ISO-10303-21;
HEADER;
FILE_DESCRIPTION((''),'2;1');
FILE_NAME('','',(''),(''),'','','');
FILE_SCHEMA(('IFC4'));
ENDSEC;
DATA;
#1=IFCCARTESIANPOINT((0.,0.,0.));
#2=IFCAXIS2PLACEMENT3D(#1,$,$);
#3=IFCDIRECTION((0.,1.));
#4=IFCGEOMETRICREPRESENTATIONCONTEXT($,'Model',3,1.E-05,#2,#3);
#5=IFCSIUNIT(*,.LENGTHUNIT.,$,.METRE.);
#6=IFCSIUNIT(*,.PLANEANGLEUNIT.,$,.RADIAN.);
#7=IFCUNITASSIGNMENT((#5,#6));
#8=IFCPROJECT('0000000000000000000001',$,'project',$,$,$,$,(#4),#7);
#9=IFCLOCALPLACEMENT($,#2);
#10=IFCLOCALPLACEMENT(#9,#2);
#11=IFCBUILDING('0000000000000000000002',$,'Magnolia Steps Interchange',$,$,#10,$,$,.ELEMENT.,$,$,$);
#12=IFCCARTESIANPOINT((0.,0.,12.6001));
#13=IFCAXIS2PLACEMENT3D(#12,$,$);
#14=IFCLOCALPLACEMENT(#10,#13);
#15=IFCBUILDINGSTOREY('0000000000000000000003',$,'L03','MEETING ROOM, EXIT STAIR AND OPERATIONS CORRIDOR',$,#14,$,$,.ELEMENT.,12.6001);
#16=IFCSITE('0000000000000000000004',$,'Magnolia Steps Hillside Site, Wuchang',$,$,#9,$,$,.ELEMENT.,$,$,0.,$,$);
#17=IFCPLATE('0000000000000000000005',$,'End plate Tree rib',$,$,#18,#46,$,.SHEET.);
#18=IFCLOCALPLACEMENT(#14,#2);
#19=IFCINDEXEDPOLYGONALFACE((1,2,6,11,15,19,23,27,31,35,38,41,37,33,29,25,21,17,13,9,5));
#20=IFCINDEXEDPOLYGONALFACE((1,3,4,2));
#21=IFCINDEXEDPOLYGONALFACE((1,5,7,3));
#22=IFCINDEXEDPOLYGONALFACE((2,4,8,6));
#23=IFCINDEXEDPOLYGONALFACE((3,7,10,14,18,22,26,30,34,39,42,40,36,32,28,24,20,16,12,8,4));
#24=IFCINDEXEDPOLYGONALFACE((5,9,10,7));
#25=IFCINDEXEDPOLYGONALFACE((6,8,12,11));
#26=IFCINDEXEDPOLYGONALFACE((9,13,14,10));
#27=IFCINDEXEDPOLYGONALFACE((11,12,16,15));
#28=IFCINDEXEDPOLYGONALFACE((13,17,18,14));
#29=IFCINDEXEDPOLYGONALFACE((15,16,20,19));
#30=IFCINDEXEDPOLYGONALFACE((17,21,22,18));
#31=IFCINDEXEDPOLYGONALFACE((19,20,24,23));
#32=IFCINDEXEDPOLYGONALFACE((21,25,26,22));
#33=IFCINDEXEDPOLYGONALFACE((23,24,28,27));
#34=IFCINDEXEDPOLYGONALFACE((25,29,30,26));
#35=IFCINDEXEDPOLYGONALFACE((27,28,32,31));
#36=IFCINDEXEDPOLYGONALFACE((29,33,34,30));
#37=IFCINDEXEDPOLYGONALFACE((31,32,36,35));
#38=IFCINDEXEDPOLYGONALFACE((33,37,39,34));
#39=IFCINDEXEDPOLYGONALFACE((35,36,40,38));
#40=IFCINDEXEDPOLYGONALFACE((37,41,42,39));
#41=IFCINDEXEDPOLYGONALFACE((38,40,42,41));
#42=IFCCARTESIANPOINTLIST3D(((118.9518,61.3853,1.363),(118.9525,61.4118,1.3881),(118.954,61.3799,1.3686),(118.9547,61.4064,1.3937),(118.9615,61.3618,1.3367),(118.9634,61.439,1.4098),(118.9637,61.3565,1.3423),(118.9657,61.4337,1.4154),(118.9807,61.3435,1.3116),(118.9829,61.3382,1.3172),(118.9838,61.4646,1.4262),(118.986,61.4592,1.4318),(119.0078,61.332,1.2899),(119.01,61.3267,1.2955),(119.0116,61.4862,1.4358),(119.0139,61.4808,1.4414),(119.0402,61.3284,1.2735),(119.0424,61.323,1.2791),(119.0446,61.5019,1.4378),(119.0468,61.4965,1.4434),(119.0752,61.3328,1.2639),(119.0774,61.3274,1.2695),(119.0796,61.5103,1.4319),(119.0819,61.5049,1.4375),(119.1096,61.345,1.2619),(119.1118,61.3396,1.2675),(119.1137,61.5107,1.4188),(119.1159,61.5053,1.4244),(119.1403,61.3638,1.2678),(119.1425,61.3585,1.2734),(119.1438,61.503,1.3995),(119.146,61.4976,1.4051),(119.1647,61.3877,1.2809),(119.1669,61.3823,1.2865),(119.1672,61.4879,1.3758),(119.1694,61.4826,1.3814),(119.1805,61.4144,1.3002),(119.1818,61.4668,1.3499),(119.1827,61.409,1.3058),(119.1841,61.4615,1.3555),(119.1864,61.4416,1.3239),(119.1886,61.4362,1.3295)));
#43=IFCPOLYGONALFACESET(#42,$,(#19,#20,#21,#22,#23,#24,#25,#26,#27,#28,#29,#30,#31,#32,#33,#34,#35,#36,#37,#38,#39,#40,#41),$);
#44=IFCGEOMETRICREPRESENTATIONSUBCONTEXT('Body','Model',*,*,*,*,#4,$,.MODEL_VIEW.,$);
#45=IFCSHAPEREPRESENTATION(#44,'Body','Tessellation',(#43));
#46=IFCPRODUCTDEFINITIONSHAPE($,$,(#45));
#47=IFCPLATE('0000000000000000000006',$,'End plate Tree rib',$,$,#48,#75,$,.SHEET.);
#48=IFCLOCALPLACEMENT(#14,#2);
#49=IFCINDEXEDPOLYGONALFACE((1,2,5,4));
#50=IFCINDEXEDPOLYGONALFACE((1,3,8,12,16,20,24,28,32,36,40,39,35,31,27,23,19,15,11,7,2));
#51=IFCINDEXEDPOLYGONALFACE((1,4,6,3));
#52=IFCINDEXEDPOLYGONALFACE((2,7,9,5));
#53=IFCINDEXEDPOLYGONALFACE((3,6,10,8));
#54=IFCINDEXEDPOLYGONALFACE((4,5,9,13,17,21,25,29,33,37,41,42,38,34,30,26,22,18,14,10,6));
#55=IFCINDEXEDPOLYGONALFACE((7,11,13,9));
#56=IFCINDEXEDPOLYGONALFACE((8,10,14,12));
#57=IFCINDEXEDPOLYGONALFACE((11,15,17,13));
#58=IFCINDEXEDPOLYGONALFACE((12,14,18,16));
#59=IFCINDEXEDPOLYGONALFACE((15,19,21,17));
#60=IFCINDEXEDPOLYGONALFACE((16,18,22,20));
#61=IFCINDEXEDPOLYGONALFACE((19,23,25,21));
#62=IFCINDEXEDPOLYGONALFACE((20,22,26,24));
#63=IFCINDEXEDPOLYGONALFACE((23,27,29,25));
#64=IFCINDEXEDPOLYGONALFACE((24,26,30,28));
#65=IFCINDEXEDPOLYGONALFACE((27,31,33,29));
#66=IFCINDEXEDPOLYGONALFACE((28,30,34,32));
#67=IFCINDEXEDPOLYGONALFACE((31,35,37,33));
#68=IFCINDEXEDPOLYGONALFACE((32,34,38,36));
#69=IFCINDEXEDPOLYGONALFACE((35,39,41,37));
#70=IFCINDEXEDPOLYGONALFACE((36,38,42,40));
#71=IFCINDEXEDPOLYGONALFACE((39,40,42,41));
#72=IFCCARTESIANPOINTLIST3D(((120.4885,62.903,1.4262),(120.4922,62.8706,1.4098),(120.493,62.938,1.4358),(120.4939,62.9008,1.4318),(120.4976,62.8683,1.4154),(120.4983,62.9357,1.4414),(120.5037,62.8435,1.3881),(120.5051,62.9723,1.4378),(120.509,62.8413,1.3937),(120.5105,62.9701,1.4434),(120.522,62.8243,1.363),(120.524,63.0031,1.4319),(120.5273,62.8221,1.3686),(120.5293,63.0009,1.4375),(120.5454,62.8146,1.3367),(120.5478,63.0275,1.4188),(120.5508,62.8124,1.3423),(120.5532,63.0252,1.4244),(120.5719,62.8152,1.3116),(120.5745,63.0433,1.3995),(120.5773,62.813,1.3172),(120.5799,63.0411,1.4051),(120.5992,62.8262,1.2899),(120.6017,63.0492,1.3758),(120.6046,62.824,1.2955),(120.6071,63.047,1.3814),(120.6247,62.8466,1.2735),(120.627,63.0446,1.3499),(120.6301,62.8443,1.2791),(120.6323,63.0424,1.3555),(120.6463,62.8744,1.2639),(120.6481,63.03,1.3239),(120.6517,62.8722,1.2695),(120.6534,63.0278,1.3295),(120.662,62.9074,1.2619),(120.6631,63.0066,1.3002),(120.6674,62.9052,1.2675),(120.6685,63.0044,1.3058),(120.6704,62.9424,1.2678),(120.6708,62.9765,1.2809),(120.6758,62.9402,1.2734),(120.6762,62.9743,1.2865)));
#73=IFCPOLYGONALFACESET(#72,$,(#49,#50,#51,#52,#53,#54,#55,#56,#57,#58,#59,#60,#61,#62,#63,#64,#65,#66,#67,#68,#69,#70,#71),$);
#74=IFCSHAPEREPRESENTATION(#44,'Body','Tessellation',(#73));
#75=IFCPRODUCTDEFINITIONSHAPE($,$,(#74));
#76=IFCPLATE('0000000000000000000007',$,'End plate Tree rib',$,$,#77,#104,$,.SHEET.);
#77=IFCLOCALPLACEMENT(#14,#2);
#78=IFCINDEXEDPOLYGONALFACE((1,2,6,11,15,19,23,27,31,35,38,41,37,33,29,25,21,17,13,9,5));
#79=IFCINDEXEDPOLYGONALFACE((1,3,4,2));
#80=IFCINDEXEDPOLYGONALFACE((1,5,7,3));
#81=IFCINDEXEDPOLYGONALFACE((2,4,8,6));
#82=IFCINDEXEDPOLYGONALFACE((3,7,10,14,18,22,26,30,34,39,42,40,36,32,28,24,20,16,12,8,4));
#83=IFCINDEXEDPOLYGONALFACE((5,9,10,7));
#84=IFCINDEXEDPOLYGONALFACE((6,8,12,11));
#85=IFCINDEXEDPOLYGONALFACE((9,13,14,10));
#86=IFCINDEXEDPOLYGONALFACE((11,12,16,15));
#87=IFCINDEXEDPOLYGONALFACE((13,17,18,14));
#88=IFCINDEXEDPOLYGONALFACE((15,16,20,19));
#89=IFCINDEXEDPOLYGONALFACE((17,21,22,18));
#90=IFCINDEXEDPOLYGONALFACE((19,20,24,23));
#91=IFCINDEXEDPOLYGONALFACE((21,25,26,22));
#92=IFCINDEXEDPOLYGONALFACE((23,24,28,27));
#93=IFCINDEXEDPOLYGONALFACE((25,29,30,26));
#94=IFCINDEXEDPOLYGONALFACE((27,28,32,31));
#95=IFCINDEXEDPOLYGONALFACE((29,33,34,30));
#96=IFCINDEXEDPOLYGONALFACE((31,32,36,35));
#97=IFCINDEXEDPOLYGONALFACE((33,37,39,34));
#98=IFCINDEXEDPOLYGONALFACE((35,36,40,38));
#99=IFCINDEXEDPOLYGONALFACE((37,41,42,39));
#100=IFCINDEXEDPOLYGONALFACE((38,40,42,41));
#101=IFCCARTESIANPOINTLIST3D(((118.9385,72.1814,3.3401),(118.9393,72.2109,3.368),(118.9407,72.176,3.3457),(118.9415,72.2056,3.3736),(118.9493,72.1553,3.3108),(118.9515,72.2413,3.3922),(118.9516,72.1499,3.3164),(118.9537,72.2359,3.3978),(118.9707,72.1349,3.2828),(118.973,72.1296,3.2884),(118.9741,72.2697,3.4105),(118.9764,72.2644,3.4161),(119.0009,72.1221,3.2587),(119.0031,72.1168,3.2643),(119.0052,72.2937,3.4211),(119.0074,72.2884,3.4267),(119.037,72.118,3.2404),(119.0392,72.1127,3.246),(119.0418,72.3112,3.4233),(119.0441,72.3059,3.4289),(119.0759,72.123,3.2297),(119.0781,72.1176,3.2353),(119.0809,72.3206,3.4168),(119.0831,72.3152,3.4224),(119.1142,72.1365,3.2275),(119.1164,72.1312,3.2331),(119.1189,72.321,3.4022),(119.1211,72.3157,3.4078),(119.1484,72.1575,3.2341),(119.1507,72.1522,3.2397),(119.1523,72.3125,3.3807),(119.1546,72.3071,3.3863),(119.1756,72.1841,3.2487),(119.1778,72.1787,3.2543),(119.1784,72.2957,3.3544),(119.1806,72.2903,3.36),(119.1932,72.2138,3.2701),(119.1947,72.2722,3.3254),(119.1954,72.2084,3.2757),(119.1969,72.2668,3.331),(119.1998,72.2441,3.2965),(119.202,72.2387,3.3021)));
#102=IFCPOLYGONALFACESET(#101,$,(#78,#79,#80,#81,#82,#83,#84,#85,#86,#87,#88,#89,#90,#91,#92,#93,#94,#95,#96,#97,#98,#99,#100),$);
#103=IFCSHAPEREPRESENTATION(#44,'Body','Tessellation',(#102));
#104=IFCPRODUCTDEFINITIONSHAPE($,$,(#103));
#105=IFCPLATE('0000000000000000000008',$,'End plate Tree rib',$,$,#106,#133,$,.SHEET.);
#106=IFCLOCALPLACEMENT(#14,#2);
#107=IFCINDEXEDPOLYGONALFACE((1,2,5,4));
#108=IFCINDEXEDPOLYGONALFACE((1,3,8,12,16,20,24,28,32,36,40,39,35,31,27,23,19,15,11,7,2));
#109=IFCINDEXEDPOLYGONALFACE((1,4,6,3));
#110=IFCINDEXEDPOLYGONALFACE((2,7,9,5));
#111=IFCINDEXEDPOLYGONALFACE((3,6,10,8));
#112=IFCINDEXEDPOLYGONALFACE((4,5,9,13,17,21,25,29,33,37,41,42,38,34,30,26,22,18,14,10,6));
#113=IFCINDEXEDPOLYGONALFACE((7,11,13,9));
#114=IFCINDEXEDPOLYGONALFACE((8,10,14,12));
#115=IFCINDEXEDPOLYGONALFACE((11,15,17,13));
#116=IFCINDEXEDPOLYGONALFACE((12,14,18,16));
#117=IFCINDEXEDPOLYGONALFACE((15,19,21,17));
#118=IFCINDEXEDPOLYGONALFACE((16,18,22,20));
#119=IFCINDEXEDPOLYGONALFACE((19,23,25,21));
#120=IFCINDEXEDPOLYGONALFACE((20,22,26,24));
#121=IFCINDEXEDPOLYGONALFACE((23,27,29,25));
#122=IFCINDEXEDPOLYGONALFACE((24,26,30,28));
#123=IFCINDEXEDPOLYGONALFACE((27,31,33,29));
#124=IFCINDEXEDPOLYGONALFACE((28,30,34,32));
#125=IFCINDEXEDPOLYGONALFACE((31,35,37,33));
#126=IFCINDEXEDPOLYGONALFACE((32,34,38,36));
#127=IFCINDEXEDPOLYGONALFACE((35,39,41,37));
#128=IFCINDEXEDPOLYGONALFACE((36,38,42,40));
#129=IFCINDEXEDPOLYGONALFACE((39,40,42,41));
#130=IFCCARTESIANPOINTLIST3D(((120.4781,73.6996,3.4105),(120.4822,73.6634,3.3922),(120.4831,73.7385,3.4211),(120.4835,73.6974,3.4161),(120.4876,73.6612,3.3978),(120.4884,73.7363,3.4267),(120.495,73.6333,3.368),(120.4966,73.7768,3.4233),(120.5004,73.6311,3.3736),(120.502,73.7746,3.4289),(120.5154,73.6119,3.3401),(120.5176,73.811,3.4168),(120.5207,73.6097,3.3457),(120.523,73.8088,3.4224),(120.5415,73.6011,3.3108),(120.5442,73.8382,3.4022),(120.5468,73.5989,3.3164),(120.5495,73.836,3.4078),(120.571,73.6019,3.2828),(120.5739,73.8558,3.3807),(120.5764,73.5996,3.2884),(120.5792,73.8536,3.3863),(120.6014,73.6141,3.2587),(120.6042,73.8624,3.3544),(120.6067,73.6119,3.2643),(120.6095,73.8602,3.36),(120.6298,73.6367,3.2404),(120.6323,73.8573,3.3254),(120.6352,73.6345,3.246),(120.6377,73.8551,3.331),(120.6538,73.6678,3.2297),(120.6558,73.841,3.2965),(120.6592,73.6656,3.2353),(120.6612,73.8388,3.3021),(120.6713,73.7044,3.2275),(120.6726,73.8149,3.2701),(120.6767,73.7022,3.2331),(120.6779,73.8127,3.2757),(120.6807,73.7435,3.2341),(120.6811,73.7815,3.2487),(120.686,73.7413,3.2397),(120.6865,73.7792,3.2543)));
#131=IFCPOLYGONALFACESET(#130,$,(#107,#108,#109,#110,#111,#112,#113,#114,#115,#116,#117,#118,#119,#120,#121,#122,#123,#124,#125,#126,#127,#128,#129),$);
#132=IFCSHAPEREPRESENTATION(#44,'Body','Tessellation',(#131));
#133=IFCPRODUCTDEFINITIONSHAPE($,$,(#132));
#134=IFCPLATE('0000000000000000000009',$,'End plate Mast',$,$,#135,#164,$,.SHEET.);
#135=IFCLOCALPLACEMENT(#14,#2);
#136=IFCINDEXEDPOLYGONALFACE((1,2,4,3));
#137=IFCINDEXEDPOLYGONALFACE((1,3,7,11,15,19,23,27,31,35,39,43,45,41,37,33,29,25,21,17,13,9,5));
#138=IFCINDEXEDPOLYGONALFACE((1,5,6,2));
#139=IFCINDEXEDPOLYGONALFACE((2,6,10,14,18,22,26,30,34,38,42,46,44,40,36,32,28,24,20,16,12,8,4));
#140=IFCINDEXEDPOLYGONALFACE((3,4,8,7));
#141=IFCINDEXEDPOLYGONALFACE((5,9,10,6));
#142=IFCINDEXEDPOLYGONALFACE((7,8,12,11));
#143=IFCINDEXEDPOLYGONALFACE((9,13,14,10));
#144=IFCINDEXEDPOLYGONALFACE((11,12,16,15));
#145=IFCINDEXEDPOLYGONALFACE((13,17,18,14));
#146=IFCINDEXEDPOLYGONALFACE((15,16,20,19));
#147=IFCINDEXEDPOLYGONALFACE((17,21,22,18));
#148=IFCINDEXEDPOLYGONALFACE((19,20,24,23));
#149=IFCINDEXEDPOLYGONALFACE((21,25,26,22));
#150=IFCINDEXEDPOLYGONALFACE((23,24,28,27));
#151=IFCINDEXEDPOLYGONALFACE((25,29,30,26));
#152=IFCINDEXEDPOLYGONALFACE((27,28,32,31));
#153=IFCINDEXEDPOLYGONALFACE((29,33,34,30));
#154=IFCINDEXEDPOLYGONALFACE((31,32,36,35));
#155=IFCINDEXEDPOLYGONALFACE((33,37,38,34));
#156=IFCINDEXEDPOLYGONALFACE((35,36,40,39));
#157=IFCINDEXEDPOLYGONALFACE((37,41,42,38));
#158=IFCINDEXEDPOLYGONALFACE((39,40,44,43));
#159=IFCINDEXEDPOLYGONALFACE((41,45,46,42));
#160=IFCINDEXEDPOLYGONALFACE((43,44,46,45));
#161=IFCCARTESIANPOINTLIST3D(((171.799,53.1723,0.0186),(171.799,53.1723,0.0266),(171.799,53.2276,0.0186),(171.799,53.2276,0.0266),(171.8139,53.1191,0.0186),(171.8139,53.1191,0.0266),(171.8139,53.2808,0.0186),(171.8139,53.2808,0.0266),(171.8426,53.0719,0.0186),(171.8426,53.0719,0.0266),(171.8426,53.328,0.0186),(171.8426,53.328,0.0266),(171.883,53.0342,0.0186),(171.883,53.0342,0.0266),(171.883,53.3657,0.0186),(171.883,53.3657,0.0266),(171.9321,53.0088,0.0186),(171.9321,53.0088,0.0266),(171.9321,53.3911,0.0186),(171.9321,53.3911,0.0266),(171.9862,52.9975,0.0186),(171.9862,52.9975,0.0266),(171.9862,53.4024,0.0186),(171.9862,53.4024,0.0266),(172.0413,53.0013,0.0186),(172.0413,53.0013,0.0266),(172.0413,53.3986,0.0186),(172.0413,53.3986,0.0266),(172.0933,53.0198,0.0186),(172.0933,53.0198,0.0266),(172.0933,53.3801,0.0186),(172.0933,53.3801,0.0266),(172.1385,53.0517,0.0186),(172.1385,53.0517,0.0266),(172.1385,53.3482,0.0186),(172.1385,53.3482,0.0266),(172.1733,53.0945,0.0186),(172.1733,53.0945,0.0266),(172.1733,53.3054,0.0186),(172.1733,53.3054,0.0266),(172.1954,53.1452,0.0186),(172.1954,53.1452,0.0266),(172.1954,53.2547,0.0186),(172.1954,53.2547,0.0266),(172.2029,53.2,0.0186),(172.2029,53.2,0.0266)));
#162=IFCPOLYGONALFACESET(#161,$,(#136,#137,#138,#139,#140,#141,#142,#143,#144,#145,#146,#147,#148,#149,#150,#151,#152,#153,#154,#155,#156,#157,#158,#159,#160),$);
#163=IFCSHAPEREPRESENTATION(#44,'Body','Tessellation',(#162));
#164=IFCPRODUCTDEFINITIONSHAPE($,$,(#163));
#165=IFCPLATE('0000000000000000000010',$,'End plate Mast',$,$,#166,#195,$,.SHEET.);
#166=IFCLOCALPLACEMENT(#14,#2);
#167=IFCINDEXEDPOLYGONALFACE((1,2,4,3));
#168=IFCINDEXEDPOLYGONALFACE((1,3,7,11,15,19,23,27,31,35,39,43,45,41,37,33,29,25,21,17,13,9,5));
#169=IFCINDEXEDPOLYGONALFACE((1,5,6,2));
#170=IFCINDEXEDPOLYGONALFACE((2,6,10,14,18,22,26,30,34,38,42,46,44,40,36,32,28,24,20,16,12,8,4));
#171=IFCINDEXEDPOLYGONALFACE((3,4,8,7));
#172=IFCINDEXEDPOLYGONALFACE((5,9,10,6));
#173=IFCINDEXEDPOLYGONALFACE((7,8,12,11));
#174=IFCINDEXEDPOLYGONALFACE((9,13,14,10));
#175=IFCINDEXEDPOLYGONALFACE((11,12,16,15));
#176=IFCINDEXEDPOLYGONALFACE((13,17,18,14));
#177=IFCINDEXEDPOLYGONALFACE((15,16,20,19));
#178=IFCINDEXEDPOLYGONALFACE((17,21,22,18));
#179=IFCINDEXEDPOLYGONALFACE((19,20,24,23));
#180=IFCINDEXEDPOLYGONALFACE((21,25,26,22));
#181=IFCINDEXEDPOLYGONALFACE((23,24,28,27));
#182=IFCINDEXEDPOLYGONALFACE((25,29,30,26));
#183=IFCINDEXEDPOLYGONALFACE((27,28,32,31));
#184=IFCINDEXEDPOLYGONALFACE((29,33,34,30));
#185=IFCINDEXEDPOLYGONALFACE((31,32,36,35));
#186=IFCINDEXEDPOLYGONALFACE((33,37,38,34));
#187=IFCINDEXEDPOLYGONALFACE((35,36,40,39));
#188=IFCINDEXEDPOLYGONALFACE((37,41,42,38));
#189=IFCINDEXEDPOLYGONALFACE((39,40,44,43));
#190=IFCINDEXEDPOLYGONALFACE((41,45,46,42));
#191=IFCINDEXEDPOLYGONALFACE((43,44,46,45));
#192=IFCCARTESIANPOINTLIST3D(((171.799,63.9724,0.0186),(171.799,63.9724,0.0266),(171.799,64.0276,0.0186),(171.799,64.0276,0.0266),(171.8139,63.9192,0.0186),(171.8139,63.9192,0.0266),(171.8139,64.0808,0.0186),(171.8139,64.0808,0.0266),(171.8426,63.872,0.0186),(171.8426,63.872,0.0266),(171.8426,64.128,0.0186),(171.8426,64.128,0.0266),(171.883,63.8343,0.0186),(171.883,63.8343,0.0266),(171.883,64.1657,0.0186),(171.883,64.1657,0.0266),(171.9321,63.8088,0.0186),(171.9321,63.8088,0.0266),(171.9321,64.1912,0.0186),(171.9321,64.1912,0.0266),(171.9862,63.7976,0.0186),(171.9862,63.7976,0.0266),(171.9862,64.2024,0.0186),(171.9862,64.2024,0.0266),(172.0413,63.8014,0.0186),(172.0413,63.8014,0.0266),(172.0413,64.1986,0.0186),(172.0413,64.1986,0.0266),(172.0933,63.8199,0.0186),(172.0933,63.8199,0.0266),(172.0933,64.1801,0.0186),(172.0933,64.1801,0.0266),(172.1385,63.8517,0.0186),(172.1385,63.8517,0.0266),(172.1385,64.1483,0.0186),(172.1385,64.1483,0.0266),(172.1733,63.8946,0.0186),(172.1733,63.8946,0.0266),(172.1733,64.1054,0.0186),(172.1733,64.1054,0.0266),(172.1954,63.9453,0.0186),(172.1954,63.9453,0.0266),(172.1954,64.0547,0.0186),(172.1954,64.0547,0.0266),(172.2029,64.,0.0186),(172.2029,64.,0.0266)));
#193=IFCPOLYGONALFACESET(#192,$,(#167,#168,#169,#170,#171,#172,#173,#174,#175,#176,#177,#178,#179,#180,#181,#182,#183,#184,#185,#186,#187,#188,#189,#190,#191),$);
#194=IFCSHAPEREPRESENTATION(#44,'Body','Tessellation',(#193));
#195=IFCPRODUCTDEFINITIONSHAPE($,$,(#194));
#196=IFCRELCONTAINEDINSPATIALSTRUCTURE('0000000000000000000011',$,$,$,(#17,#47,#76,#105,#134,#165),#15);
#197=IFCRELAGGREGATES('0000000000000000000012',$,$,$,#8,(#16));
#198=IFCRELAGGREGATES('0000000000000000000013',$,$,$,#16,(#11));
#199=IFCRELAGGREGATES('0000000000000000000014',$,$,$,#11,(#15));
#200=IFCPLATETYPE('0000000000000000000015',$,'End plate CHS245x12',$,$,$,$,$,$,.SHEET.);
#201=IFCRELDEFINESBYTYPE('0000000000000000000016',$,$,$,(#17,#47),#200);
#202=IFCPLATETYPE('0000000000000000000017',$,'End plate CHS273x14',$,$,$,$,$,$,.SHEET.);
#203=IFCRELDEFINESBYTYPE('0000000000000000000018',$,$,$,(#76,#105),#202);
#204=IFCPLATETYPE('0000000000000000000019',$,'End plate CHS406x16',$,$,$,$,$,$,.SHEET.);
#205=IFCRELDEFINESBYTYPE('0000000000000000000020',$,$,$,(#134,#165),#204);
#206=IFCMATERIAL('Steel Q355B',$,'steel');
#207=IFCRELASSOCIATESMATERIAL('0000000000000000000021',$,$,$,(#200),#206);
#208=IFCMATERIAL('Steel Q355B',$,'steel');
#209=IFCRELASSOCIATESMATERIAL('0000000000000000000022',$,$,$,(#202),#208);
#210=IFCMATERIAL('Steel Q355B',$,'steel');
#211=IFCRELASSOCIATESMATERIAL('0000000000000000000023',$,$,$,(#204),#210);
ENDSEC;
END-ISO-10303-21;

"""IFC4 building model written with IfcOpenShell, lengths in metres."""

from ifc_helpers import new_model, si_unit, direction, frame, origin, origin_2d, place, context, subcontext, project, spatial, circle, extrude, material, material_profile, profile_set, type_object, element, save


model = new_model("IFC4")

# Units and contexts
model_context = context("Model", 3, precision=1e-05, world=origin(), true_north=direction((0.0, 1.0)))
body_context = subcontext(model_context, "Body", "Model", "MODEL_VIEW")
ifc_project = project(units=[si_unit("LENGTHUNIT", "METRE"), si_unit("PLANEANGLEUNIT", "RADIAN")], contexts=[model_context])

# Site, building, storey
site_placement = place(None, origin())
site = spatial("IfcSite", under=ifc_project, at=site_placement, Name="Magnolia Steps Hillside Site, Wuchang", CompositionType="ELEMENT", RefElevation=0.0)
building_placement = place(site_placement, origin())
building = spatial("IfcBuilding", under=site, at=building_placement, Name="Magnolia Steps Interchange", CompositionType="ELEMENT")
storey_placement = place(building_placement, frame((0.0, 0.0, 12.6001)))
storey = spatial("IfcBuildingStorey", under=building, at=storey_placement, Name="L03", Description="MEETING ROOM, EXIT STAIR AND OPERATIONS CORRIDOR", CompositionType="ELEMENT", Elevation=12.6001)

# Plates
ifc_material_1 = material(Name="Steel Q355B", Category="steel")
ifc_material_profile_1 = material_profile(ifc_material_1, circle(Radius=0.1226, at=origin_2d()), Name="End plate CHS245x12")
ifc_profile_set_1 = profile_set([ifc_material_profile_1], Name="Steel Q355B")
plate_type_1 = type_object("IfcPlateType", Name="End plate CHS245x12", PredefinedType="SHEET", material=ifc_profile_set_1)
for number, where, z_axis, x_axis, name in (
    (1, (119.0686, 61.4199, 1.3499), (0.275279, -0.664583, 0.694658), (0.92388, 0.382683, 0.0), "End plate Tree rib"),
    (2, (120.5801, 62.9314, 1.3499), (0.664583, -0.275279, 0.694658), (0.382683, 0.92388, 0.0), "End plate Tree rib"),
):
    element("IfcPlate", number, at=place(storey_placement, frame(where, z_axis=z_axis, x_axis=x_axis)), inside=storey, type_object=plate_type_1, Name=name, PredefinedType="SHEET", context=body_context, shape_type="SweptSolid", body=[
        extrude(circle(Radius=0.1226, at=origin_2d()), origin(), (0.0, 0.0, 1.0), 0.0081),
    ])
ifc_material_2 = material(Name="Steel Q355B", Category="steel")
ifc_material_profile_2 = material_profile(ifc_material_2, circle(Radius=0.1365, at=origin_2d()), Name="End plate CHS273x14")
ifc_profile_set_2 = profile_set([ifc_material_profile_2], Name="Steel Q355B")
plate_type_2 = type_object("IfcPlateType", Name="End plate CHS273x14", PredefinedType="SHEET", material=ifc_profile_set_2)
for number, where, z_axis, x_axis, name in (
    (3, (119.0686, 72.22, 3.3254), (0.275279, -0.664583, 0.694658), (0.92388, 0.382683, 0.0), "End plate Tree rib"),
    (4, (120.5801, 73.7312, 3.3254), (0.664583, -0.275279, 0.694658), (0.382683, 0.92388, 0.0), "End plate Tree rib"),
):
    element("IfcPlate", number, at=place(storey_placement, frame(where, z_axis=z_axis, x_axis=x_axis)), inside=storey, type_object=plate_type_2, Name=name, PredefinedType="SHEET", context=body_context, shape_type="SweptSolid", body=[
        extrude(circle(Radius=0.1365, at=origin_2d()), origin(), (0.0, 0.0, 1.0), 0.0081),
    ])
ifc_material_3 = material(Name="Steel Q355B", Category="steel")
ifc_material_profile_3 = material_profile(ifc_material_3, circle(Radius=0.2029, at=origin_2d()), Name="End plate CHS406x16")
ifc_profile_set_3 = profile_set([ifc_material_profile_3], Name="Steel Q355B")
plate_type_3 = type_object("IfcPlateType", Name="End plate CHS406x16", PredefinedType="SHEET", material=ifc_profile_set_3)
for number, where, z_axis, x_axis, name in (
    (5, (172.0, 53.2, 0.0186), (0.0, 0.0, 1.0), (1.0, 0.0, 0.0), "End plate Mast"),
    (6, (172.0, 64.0, 0.0186), (0.0, 0.0, 1.0), (1.0, 0.0, 0.0), "End plate Mast"),
):
    element("IfcPlate", number, at=place(storey_placement, frame(where, z_axis=z_axis, x_axis=x_axis)), inside=storey, type_object=plate_type_3, Name=name, PredefinedType="SHEET", context=body_context, shape_type="SweptSolid", body=[
        extrude(circle(Radius=0.2029, at=origin_2d()), origin(), (0.0, 0.0, 1.0), 0.0081),
    ])

save(model, "model.ifc")
